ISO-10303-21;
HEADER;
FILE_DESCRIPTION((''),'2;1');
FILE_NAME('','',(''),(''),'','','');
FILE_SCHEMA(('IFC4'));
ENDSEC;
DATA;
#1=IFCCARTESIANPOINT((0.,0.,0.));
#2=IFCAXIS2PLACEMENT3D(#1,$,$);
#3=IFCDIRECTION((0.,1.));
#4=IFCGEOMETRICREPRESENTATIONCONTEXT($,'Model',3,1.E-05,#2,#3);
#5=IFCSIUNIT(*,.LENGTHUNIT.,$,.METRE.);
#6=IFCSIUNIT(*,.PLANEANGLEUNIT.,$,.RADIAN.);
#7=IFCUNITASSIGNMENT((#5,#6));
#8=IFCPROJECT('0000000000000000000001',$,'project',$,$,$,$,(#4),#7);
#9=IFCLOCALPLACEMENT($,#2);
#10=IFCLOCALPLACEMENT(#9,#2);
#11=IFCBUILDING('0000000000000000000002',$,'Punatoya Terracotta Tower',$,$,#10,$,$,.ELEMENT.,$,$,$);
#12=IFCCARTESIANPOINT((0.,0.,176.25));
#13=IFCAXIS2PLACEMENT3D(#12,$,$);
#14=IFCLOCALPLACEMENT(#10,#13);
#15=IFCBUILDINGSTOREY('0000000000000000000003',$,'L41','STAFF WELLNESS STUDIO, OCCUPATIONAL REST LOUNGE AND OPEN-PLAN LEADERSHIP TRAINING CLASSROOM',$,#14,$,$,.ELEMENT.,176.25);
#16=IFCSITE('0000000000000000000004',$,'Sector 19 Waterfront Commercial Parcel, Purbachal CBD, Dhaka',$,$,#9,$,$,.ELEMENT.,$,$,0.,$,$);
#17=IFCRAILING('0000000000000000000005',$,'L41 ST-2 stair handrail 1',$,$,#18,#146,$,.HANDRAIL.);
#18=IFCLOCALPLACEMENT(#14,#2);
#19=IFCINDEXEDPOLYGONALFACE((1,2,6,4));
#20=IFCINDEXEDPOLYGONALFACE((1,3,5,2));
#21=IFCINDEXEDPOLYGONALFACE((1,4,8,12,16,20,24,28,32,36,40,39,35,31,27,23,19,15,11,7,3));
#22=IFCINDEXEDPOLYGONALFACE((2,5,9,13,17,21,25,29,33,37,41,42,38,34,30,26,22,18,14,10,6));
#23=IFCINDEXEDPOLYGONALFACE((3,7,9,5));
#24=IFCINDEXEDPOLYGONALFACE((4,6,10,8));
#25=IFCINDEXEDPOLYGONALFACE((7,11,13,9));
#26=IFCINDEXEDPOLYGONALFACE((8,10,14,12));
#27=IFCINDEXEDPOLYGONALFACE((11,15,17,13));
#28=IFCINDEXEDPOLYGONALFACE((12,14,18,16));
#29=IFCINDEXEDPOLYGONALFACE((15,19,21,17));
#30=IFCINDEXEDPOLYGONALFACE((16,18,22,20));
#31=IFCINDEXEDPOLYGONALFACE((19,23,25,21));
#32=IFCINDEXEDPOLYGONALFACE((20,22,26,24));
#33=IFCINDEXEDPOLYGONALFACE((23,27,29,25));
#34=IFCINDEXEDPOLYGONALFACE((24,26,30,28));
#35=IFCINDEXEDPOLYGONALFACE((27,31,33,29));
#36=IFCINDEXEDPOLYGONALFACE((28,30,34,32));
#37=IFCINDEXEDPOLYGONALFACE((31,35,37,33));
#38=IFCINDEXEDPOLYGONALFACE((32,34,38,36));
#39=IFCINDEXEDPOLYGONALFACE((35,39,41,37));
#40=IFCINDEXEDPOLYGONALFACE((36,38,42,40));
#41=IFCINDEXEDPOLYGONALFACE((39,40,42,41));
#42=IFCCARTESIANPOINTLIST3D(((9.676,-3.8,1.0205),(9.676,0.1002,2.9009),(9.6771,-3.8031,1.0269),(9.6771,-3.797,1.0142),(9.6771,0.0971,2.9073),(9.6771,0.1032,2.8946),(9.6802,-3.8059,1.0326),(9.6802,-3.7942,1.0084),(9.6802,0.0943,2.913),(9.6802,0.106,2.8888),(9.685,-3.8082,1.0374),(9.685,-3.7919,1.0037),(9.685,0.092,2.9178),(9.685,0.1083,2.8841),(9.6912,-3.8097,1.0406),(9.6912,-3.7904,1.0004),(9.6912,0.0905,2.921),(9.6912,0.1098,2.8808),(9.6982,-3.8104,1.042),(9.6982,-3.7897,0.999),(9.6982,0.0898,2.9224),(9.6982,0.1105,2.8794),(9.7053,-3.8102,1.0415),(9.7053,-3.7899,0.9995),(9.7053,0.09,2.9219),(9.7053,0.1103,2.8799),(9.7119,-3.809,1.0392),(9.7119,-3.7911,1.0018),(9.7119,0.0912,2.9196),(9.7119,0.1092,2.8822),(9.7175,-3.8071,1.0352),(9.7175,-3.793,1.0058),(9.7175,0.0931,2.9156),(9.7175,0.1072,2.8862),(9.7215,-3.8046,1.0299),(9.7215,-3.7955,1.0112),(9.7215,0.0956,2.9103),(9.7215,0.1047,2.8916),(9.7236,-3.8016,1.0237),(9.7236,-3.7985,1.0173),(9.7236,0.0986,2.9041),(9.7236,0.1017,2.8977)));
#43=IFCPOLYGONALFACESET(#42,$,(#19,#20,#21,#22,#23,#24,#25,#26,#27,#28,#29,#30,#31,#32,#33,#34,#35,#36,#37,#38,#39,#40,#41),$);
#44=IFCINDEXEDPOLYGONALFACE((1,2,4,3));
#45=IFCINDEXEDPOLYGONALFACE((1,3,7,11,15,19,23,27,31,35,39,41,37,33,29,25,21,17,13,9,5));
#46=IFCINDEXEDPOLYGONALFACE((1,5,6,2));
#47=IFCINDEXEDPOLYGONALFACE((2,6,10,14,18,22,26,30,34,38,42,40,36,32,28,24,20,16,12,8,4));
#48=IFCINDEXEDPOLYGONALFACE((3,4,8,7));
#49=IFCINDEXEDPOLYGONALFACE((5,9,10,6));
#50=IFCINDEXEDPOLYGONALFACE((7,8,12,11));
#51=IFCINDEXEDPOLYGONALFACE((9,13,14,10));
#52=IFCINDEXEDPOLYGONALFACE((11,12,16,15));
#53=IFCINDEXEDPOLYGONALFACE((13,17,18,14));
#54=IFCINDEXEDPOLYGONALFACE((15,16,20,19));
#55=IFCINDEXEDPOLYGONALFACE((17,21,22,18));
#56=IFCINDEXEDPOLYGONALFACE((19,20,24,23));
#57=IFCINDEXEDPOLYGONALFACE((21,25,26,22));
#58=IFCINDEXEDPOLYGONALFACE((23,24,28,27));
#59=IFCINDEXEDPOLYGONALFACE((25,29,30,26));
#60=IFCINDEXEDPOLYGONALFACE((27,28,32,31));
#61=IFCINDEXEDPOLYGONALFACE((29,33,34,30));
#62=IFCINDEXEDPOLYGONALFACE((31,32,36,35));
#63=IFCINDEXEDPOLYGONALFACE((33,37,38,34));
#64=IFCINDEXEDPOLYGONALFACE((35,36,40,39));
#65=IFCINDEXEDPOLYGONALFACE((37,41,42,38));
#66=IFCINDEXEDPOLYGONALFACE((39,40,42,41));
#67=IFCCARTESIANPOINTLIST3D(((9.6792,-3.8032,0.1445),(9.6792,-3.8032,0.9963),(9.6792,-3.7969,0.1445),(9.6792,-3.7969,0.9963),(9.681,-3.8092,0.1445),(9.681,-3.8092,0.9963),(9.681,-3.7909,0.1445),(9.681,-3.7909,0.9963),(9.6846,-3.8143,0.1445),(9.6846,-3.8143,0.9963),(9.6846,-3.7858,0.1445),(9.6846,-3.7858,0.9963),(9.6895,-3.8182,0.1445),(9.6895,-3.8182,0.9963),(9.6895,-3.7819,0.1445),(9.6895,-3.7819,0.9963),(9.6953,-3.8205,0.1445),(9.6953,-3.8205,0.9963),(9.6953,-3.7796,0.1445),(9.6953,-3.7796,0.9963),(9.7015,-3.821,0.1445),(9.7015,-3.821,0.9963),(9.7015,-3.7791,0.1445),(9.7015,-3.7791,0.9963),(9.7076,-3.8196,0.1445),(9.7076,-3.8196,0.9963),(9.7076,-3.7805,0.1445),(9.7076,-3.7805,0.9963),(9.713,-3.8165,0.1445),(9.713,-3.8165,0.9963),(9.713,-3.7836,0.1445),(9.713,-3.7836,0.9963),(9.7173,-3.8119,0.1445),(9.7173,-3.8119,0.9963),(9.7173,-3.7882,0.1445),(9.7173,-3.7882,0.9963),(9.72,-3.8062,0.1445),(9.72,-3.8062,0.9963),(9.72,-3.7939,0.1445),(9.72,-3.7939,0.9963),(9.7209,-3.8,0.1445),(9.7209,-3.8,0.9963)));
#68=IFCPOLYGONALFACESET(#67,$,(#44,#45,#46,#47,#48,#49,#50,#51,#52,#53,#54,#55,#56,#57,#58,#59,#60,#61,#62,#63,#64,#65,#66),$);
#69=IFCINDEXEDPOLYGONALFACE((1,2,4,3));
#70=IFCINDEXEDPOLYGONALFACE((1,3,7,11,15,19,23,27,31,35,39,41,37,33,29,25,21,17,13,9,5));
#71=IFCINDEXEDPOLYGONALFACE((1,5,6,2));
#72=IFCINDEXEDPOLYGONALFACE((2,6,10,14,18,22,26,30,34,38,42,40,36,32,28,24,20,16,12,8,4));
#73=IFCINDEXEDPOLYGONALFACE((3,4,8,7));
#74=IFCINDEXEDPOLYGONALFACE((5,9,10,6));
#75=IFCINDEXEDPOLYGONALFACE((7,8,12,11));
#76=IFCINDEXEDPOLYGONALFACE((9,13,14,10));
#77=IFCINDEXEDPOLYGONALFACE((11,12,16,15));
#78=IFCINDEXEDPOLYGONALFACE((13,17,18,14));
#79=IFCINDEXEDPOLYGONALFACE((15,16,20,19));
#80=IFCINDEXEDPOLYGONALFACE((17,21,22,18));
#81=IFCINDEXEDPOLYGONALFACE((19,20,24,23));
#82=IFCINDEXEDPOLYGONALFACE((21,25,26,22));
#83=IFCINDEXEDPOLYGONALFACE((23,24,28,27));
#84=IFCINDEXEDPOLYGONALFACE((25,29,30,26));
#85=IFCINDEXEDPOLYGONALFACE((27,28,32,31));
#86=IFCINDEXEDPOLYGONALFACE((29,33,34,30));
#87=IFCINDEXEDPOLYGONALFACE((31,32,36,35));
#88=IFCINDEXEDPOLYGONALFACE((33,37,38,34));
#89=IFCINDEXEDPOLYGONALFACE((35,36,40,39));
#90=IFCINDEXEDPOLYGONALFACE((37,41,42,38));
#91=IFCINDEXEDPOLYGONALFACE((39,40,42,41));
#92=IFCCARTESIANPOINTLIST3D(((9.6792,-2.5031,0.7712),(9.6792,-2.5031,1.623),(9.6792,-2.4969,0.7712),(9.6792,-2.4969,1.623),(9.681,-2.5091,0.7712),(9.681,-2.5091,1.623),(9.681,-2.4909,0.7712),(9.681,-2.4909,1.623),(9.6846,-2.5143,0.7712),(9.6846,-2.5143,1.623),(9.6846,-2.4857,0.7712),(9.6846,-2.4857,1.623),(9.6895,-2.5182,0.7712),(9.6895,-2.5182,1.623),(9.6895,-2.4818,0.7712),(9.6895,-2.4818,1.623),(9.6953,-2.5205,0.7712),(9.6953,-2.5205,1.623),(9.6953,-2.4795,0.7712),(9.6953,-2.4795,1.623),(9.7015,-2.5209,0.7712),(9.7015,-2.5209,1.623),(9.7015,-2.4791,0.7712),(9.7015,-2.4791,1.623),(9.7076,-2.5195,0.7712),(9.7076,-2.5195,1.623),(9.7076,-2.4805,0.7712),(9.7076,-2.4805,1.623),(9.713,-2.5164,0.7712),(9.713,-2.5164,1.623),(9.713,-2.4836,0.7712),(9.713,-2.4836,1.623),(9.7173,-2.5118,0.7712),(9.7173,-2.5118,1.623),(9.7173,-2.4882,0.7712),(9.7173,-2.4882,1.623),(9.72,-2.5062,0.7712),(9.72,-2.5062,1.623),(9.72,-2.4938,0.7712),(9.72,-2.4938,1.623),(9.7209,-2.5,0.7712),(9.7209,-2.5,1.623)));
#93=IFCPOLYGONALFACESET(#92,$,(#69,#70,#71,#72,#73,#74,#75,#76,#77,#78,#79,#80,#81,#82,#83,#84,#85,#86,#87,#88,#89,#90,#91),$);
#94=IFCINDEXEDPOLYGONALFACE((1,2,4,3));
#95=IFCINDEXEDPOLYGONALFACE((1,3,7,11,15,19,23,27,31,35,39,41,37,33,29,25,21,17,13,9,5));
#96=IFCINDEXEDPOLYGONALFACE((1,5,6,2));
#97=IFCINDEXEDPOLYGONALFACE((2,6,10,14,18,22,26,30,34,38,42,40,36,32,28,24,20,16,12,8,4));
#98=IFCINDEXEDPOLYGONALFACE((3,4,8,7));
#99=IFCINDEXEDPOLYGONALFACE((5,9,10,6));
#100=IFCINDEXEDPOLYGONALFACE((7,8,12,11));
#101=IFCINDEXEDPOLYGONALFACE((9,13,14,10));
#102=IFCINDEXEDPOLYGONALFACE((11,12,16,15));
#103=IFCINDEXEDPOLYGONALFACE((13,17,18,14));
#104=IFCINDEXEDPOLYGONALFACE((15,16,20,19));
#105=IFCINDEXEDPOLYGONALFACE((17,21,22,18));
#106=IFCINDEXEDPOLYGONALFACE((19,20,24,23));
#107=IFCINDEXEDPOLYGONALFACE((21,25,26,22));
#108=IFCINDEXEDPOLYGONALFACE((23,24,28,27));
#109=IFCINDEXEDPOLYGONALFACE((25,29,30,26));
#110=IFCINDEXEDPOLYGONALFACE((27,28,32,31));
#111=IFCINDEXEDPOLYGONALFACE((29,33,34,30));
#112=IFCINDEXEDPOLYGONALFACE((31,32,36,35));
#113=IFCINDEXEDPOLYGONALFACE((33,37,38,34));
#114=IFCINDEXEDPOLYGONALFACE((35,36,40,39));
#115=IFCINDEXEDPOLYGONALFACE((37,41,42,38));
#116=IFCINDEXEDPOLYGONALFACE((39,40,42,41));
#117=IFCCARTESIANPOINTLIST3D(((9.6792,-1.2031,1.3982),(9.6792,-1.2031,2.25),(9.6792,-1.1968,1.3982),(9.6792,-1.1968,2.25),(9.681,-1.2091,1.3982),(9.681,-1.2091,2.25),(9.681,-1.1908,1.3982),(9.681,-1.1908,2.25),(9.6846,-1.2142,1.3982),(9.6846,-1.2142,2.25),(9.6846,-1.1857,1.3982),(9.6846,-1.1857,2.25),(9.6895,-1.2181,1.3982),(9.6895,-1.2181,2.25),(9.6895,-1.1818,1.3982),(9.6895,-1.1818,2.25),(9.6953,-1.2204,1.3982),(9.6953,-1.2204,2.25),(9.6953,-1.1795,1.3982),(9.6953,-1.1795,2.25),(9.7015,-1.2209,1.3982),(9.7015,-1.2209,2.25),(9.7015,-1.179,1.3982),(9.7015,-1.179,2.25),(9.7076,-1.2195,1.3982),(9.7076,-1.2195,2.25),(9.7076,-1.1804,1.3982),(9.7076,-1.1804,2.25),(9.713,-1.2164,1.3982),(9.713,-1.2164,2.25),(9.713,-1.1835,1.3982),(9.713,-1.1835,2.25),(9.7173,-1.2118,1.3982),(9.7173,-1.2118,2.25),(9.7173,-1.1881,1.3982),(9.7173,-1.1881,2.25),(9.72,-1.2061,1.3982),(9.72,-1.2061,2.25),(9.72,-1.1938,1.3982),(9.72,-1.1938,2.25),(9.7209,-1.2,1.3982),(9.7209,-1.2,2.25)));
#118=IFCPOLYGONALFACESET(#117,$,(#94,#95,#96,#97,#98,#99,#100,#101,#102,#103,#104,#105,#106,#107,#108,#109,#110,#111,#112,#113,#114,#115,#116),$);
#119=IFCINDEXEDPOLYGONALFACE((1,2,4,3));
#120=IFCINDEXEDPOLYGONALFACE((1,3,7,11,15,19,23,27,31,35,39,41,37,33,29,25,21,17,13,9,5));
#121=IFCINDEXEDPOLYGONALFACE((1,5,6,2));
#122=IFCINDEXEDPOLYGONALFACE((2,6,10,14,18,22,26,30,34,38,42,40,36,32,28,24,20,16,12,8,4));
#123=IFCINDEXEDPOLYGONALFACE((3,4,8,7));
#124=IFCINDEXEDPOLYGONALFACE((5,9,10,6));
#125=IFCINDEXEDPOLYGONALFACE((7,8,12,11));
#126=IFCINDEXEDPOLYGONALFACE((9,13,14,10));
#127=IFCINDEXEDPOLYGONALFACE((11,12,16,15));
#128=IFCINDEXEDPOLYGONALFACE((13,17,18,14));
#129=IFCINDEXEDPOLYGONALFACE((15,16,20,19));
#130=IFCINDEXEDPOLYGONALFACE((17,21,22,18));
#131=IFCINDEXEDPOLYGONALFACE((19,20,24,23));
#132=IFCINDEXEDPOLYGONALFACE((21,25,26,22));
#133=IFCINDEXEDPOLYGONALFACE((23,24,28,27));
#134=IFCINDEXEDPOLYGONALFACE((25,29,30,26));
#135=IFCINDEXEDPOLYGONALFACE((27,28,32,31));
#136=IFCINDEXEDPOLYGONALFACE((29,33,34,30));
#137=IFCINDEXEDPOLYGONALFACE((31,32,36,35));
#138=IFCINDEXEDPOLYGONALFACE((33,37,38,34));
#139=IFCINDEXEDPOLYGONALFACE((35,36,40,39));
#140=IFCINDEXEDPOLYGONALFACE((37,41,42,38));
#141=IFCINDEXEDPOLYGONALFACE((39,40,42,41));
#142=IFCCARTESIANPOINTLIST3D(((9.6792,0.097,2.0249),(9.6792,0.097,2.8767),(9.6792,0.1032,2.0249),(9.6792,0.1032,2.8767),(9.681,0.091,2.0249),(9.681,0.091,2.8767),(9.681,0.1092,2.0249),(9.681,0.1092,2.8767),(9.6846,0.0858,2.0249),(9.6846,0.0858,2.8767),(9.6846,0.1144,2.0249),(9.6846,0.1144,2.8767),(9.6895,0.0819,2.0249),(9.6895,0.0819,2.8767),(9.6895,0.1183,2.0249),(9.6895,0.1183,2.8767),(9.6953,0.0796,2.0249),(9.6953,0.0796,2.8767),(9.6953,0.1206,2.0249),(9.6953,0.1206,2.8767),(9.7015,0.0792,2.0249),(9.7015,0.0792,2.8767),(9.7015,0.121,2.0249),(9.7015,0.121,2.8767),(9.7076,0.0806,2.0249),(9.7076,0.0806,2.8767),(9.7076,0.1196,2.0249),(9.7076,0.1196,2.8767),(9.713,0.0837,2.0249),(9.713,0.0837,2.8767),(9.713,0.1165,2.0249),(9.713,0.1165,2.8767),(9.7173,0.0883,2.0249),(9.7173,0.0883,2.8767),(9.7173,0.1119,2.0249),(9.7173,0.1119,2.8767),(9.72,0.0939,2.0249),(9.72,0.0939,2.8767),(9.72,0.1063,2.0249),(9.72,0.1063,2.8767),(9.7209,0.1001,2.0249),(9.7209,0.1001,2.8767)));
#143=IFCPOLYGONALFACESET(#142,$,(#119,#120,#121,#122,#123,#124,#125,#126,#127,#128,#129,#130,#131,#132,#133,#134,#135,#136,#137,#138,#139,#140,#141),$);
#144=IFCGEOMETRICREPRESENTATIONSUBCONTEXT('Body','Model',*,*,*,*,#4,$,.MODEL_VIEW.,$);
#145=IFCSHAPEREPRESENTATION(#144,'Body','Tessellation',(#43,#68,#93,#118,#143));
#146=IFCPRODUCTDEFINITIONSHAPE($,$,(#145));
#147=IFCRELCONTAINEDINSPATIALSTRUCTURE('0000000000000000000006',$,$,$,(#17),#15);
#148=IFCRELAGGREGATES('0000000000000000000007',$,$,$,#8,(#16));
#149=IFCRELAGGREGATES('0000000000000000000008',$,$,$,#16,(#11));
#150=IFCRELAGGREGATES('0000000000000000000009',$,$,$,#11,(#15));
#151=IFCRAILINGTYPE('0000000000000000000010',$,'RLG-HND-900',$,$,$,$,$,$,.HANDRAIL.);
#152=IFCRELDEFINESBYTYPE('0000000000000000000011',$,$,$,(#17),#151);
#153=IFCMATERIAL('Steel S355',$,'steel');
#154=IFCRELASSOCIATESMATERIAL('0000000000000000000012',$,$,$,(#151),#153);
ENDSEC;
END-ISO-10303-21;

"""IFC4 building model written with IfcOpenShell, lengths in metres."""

from ifc_helpers import new_model, si_unit, direction, frame, origin, origin_2d, place, context, subcontext, project, spatial, circle, extrude, material, type_object, element, save


model = new_model("IFC4")

# Units and contexts
model_context = context("Model", 3, precision=1e-05, world=origin(), true_north=direction((0.0, 1.0)))
body_context = subcontext(model_context, "Body", "Model", "MODEL_VIEW")
ifc_project = project(units=[si_unit("LENGTHUNIT", "METRE"), si_unit("PLANEANGLEUNIT", "RADIAN")], contexts=[model_context])

# Site, building, storey
site_placement = place(None, origin())
site = spatial("IfcSite", under=ifc_project, at=site_placement, Name="Sector 19 Waterfront Commercial Parcel, Purbachal CBD, Dhaka", CompositionType="ELEMENT", RefElevation=0.0)
building_placement = place(site_placement, origin())
building = spatial("IfcBuilding", under=site, at=building_placement, Name="Punatoya Terracotta Tower", CompositionType="ELEMENT")
storey_placement = place(building_placement, frame((0.0, 0.0, 176.25)))
storey = spatial("IfcBuildingStorey", under=building, at=storey_placement, Name="L41", Description="STAFF WELLNESS STUDIO, OCCUPATIONAL REST LOUNGE AND OPEN-PLAN LEADERSHIP TRAINING CLASSROOM", CompositionType="ELEMENT", Elevation=176.25)

# Shared definitions
ifc_material_1 = material(Name="Steel S355", Category="steel")

# Railing
railing_type_1 = type_object("IfcRailingType", Name="RLG-HND-900", PredefinedType="HANDRAIL", material=ifc_material_1)
railing_1_placement = place(storey_placement, frame((9.7, -3.8, 0.1445)))
element("IfcRailing", 1, at=railing_1_placement, inside=storey, type_object=railing_type_1, Name="L41 ST-2 stair handrail 1", PredefinedType="HANDRAIL", context=body_context, shape_type="SweptSolid", body=[
    extrude(circle(Radius=0.0239, at=origin_2d()), frame((0.0, 0.0, 0.876), z_axis=(0.0, 0.900774, 0.434289), x_axis=(-1.0, 0.0, 0.0)), (0.0, 0.0, 1.0), 4.3298),
    extrude(circle(Radius=0.021, at=origin_2d()), origin(), (0.0, 0.0, 1.0), 0.8518),
    extrude(circle(Radius=0.021, at=origin_2d()), frame((0.0, 1.3, 0.6267)), (0.0, 0.0, 1.0), 0.8518),
    extrude(circle(Radius=0.021, at=origin_2d()), frame((0.0, 2.6001, 1.2537)), (0.0, 0.0, 1.0), 0.8518),
    extrude(circle(Radius=0.021, at=origin_2d()), frame((0.0, 3.9001, 1.8804)), (0.0, 0.0, 1.0), 0.8518),
])

save(model, "model.ifc")
